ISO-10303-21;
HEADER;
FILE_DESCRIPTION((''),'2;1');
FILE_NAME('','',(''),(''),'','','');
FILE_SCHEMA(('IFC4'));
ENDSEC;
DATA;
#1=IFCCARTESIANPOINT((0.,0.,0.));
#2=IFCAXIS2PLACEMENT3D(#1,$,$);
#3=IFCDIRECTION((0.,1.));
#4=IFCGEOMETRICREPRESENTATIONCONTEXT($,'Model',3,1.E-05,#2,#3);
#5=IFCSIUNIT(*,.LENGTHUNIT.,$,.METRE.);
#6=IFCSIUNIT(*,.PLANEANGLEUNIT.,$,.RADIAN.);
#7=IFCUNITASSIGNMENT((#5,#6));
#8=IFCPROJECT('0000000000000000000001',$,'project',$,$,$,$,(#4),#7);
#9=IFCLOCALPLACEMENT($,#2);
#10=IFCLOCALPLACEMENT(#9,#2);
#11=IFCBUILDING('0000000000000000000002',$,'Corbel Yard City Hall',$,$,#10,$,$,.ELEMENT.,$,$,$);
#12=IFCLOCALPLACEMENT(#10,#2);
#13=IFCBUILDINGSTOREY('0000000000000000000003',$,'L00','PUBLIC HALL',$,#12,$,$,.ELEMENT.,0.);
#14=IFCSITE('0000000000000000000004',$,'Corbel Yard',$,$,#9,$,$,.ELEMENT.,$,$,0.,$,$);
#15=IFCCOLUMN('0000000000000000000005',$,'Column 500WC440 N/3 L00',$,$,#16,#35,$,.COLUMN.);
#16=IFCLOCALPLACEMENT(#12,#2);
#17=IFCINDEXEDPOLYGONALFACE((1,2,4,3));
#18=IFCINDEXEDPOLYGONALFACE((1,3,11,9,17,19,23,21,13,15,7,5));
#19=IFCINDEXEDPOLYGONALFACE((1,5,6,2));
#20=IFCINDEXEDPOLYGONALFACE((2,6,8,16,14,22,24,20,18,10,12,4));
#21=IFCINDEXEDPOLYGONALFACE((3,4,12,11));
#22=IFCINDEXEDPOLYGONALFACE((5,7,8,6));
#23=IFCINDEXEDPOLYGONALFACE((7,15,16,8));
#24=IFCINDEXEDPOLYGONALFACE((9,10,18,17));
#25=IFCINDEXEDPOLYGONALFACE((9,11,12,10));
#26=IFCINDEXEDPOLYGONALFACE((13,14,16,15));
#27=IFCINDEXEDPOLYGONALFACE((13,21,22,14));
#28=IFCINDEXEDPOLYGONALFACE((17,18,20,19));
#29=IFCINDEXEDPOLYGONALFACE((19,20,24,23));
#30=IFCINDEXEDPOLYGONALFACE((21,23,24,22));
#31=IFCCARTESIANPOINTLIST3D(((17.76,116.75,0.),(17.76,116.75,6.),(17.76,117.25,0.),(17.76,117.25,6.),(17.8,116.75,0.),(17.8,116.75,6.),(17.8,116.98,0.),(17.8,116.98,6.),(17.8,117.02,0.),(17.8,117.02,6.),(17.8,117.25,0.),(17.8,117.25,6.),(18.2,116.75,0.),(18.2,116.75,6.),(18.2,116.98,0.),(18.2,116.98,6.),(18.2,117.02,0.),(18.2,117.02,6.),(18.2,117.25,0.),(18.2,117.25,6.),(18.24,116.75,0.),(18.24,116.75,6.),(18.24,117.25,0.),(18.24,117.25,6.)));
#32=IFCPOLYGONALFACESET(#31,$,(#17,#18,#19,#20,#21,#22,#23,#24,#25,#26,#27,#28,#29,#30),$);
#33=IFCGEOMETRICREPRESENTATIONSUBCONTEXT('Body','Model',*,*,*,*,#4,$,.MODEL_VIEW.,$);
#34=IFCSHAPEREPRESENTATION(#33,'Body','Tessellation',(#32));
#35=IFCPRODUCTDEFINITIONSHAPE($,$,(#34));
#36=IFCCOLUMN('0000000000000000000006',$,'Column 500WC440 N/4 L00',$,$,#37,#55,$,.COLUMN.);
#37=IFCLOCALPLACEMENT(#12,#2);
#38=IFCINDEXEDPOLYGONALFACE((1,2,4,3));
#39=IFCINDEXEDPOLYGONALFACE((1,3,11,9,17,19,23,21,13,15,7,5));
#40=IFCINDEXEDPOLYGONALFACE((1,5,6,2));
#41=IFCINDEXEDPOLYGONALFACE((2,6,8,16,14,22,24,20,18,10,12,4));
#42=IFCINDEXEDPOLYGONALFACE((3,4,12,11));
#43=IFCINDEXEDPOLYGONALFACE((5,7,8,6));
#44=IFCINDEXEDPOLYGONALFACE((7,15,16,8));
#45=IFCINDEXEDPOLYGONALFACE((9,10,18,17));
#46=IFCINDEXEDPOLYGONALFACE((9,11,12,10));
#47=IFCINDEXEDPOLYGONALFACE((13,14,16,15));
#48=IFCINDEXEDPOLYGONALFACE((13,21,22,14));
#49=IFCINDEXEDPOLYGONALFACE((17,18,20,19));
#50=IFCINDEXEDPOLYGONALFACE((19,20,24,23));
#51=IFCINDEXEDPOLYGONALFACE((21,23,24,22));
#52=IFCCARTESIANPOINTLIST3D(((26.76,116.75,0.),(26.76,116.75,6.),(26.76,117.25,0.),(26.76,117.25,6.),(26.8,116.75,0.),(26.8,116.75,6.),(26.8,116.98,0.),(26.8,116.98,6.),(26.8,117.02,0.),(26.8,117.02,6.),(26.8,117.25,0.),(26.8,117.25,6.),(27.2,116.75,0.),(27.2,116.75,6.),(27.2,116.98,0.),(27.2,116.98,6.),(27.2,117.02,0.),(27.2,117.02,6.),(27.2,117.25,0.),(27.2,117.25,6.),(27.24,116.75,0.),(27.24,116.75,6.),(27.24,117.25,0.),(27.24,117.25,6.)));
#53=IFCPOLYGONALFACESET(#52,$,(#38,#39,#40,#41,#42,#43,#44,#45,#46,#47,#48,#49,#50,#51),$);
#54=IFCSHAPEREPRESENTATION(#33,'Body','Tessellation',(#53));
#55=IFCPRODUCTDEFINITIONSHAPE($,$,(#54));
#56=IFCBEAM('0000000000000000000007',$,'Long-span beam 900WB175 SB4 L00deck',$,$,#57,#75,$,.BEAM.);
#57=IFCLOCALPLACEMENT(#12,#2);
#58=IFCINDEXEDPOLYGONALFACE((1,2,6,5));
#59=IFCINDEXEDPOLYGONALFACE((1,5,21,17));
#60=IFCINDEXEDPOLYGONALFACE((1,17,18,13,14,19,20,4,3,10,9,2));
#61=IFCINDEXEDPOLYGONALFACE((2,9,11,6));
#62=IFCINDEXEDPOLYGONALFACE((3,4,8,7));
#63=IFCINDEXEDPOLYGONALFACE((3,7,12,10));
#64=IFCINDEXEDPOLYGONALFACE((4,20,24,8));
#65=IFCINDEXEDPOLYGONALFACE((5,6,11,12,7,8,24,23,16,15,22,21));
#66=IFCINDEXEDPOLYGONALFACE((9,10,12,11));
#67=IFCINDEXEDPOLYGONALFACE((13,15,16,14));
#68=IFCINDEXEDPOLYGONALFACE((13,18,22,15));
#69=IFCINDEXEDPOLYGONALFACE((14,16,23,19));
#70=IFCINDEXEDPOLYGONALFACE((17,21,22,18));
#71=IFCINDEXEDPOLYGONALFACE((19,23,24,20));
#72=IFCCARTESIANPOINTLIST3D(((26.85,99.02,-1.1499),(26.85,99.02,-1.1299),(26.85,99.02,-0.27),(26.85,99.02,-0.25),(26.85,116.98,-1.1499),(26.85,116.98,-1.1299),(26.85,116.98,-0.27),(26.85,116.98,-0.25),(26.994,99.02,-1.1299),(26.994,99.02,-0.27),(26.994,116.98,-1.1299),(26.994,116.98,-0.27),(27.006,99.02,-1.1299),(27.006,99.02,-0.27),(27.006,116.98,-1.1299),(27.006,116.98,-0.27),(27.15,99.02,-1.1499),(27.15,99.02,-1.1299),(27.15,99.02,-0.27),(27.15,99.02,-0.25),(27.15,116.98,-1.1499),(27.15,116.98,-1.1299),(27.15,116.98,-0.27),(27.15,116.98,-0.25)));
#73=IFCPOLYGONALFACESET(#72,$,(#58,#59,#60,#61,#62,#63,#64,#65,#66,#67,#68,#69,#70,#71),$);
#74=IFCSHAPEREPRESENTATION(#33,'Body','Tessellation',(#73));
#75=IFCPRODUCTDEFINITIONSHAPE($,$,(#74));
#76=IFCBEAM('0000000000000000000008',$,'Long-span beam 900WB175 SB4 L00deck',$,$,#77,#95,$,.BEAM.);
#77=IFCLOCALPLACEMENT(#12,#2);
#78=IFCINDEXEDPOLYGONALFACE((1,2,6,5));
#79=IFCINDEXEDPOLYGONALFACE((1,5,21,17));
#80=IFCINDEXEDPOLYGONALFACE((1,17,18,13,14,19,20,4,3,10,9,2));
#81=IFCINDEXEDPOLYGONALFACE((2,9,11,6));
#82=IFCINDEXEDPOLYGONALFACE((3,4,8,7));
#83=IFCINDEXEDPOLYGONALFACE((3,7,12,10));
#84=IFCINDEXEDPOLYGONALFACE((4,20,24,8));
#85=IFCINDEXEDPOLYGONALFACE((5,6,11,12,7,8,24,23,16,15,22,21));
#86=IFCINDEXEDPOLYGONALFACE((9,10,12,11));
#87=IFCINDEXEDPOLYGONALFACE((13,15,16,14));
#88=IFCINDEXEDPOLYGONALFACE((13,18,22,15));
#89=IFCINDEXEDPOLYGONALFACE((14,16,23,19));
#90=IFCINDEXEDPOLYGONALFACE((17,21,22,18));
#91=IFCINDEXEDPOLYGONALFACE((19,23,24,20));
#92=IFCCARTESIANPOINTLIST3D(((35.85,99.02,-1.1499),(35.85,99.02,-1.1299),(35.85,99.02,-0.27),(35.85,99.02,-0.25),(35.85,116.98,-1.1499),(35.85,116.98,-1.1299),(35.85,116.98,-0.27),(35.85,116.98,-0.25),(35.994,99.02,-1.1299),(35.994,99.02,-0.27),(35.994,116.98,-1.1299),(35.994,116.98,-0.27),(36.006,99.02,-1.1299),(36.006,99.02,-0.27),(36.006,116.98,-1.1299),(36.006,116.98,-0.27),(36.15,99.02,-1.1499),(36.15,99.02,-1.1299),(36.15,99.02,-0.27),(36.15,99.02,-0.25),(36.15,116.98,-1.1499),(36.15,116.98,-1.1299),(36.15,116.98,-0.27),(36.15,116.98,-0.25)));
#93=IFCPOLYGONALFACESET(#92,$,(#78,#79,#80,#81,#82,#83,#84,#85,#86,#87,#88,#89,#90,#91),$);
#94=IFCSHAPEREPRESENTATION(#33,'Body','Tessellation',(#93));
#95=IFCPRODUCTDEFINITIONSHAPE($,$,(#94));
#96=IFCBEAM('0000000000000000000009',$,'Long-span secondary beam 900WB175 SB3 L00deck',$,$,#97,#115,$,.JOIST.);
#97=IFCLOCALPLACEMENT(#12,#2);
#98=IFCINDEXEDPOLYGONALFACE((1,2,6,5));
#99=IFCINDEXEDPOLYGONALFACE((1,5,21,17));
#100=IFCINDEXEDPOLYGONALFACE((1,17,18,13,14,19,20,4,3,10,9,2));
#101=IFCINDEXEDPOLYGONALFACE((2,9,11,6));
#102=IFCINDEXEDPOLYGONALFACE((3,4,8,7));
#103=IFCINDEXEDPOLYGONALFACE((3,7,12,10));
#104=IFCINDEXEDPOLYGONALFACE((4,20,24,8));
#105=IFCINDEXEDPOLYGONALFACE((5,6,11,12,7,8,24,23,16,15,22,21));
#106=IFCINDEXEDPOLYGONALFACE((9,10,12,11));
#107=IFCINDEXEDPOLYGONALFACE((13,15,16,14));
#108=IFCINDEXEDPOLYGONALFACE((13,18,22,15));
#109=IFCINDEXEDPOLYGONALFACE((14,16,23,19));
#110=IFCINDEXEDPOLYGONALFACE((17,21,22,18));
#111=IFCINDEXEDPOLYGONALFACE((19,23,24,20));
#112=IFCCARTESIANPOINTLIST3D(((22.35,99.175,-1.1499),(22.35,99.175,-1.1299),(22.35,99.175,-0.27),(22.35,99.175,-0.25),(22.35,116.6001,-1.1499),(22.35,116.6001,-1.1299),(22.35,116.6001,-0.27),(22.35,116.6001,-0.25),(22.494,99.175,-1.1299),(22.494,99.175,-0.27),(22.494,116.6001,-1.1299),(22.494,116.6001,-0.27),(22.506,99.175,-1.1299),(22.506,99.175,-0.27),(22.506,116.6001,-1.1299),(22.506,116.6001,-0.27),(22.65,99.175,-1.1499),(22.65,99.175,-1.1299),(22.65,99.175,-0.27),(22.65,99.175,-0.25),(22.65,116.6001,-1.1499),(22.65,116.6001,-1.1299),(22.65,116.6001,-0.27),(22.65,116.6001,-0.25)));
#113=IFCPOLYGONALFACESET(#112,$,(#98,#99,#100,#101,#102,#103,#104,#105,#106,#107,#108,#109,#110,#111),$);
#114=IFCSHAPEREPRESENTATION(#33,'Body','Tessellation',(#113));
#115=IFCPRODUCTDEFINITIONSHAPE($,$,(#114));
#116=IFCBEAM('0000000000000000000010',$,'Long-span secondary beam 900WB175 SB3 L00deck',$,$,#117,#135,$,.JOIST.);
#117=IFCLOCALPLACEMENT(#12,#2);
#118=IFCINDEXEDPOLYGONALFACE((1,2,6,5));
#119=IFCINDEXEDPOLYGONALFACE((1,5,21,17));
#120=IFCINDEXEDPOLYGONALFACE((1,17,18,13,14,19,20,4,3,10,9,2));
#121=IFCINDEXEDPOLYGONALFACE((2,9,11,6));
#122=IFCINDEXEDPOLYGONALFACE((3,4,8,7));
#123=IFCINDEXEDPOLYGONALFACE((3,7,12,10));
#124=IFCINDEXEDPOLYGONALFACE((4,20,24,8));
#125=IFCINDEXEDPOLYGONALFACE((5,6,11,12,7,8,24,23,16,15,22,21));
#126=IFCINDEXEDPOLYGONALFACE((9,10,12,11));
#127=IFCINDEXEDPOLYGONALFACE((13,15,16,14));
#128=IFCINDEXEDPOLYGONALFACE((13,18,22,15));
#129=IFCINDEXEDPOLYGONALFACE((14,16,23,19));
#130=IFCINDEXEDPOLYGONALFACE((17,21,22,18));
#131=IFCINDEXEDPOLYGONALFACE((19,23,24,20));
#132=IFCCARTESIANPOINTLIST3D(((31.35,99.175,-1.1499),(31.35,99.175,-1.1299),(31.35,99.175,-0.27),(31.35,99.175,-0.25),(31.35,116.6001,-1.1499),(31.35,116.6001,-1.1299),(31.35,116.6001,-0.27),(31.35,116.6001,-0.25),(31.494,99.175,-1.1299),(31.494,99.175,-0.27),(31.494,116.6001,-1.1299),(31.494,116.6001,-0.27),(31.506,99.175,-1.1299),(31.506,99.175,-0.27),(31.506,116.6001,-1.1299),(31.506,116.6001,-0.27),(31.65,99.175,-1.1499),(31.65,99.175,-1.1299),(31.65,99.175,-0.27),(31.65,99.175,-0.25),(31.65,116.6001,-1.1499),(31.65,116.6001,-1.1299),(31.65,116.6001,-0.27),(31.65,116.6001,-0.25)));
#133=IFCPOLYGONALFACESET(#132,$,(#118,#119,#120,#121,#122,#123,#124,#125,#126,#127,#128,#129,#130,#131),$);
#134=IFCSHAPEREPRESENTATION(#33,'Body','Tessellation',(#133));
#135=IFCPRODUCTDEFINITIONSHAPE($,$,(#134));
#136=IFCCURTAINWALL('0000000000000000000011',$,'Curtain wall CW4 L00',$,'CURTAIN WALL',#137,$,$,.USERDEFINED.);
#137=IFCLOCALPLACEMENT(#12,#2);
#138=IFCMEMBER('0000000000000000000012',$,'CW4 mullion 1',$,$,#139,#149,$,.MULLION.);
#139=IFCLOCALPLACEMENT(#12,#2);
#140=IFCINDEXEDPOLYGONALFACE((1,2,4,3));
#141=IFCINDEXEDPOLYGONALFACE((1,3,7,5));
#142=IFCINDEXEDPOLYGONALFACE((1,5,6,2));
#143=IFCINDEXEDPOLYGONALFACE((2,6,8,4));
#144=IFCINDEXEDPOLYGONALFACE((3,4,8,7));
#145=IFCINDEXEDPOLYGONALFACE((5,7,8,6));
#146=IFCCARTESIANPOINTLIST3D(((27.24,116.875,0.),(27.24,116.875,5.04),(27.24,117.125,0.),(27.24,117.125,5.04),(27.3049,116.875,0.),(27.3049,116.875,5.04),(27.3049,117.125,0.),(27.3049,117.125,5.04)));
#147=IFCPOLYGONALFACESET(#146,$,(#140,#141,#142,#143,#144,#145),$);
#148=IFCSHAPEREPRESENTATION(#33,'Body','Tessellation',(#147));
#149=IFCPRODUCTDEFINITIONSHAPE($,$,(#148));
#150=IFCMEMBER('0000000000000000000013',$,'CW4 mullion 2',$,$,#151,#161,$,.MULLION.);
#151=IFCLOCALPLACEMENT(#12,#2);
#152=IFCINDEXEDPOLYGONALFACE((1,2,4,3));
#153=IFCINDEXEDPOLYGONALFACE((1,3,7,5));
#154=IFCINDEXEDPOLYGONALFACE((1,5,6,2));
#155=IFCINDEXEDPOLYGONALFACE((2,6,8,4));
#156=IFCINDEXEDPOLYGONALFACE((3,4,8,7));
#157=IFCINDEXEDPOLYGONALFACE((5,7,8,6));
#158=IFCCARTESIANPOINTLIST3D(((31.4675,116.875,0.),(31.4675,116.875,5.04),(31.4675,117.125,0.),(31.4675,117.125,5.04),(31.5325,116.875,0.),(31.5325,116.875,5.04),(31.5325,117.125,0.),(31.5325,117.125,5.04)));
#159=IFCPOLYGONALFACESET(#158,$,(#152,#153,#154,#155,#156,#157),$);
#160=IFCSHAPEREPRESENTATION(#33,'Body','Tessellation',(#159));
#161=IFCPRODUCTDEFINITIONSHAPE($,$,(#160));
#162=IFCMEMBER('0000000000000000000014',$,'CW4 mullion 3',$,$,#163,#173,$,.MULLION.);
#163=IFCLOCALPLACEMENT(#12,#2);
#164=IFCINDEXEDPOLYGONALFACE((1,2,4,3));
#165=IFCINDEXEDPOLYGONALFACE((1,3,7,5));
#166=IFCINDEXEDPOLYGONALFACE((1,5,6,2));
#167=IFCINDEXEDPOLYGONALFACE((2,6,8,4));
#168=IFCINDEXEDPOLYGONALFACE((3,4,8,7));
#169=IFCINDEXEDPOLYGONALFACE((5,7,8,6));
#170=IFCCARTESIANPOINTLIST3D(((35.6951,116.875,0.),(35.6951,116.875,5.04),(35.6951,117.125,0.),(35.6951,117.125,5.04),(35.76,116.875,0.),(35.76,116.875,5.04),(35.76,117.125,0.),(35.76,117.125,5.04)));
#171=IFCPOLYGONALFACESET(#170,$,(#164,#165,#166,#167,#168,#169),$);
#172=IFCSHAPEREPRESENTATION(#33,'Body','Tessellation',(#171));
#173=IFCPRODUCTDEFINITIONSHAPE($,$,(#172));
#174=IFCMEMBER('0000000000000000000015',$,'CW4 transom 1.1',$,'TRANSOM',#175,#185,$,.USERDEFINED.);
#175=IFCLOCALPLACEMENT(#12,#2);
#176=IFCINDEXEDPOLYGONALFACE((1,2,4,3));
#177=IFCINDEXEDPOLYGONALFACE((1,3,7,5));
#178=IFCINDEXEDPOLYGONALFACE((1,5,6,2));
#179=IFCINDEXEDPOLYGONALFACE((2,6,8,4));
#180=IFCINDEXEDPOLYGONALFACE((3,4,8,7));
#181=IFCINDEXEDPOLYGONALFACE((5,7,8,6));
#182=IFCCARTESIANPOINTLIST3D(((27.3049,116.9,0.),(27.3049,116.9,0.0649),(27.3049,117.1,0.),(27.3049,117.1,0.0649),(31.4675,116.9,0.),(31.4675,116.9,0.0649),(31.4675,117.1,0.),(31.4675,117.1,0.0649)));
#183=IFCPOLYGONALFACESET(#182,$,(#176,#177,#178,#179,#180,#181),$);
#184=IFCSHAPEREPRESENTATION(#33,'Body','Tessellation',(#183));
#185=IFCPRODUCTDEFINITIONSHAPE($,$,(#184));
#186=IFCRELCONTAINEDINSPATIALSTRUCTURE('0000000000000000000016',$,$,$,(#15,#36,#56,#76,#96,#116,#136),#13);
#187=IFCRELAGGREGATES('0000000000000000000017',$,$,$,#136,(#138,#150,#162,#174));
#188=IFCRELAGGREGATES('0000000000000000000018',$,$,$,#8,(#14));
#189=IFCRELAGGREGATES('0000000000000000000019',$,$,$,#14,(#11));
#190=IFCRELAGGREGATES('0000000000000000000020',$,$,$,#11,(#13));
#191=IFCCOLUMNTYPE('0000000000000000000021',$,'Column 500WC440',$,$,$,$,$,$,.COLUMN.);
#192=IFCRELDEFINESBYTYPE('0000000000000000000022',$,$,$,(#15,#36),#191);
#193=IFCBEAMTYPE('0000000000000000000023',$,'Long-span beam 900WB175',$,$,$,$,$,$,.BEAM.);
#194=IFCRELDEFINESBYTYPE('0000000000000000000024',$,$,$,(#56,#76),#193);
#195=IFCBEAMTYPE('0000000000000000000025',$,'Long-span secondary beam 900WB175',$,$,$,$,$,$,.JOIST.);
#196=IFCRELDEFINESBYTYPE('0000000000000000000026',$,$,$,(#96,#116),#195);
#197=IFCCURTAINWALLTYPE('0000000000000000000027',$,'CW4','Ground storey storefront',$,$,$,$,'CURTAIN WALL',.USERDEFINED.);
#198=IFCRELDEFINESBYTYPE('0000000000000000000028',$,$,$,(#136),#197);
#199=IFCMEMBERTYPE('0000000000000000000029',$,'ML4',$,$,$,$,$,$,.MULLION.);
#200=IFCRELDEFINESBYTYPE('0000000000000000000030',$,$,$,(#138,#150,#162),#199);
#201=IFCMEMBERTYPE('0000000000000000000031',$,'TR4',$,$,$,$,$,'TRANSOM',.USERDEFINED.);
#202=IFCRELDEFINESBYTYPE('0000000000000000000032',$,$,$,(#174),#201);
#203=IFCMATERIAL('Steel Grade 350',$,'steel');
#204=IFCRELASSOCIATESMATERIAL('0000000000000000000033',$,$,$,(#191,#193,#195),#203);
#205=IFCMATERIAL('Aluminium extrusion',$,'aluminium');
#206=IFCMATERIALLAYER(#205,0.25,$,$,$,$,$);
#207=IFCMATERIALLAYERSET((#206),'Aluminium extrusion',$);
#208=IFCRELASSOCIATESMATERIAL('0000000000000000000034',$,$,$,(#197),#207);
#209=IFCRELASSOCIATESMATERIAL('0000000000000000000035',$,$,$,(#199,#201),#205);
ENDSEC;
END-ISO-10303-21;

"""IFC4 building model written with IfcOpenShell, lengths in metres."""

from ifc_helpers import new_model, si_unit, direction, frame, origin, origin_2d, place, context, subcontext, project, spatial, rectangle, i_section, extrude, material, layer, layer_set, material_profile, profile_set, type_object, element, aggregate, save


model = new_model("IFC4")

# Units and contexts
model_context = context("Model", 3, precision=1e-05, world=origin(), true_north=direction((0.0, 1.0)))
body_context = subcontext(model_context, "Body", "Model", "MODEL_VIEW")
ifc_project = project(units=[si_unit("LENGTHUNIT", "METRE"), si_unit("PLANEANGLEUNIT", "RADIAN")], contexts=[model_context])

# Site, building, storey
site_placement = place(None, origin())
site = spatial("IfcSite", under=ifc_project, at=site_placement, Name="Corbel Yard", CompositionType="ELEMENT", RefElevation=0.0)
building_placement = place(site_placement, origin())
building = spatial("IfcBuilding", under=site, at=building_placement, Name="Corbel Yard City Hall", CompositionType="ELEMENT")
storey_placement = place(building_placement, origin())
storey = spatial("IfcBuildingStorey", under=building, at=storey_placement, Name="L00", Description="PUBLIC HALL", CompositionType="ELEMENT", Elevation=0.0)

# Columns
ifc_material_1 = material(Name="Steel Grade 350", Category="steel")
ifc_material_profile_1 = material_profile(ifc_material_1, i_section(OverallWidth=0.5, OverallDepth=0.48, WebThickness=0.04, FlangeThickness=0.04, at=origin_2d()), Name="500WC440")
ifc_profile_set_1 = profile_set([ifc_material_profile_1], Name="Steel Grade 350")
column_type = type_object("IfcColumnType", Name="Column 500WC440", PredefinedType="COLUMN", material=ifc_profile_set_1)
for number, where, z_axis, x_axis, name in (
    (1, (18.0, 117.0, 0.0), (0.0, 0.0, 1.0), (0.0, 1.0, 0.0), "Column 500WC440 N/3 L00"),
    (2, (27.0, 117.0, 0.0), (0.0, 0.0, 1.0), (0.0, 1.0, 0.0), "Column 500WC440 N/4 L00"),
):
    element("IfcColumn", number, at=place(storey_placement, frame(where, z_axis=z_axis, x_axis=x_axis)), inside=storey, type_object=column_type, Name=name, PredefinedType="COLUMN", context=body_context, shape_type="SweptSolid", body=[
        extrude(i_section(OverallWidth=0.5, OverallDepth=0.48, WebThickness=0.04, FlangeThickness=0.04, at=origin_2d()), origin(), (0.0, 0.0, 1.0), 6.0),
    ])

# Beams
ifc_material_profile_2 = material_profile(ifc_material_1, i_section(OverallWidth=0.3, OverallDepth=0.8999, WebThickness=0.012, FlangeThickness=0.02, at=origin_2d()), Name="900WB175")
ifc_profile_set_2 = profile_set([ifc_material_profile_2], Name="Steel Grade 350")
beam_type_1 = type_object("IfcBeamType", Name="Long-span beam 900WB175", PredefinedType="BEAM", material=ifc_profile_set_2)
for number, where, z_axis, x_axis, name in (
    (3, (27.0, 99.02, -0.7), (0.0, 1.0, 0.0), (-1.0, 0.0, 0.0), "Long-span beam 900WB175 SB4 L00deck"),
    (4, (36.0, 99.02, -0.7), (0.0, 1.0, 0.0), (-1.0, 0.0, 0.0), "Long-span beam 900WB175 SB4 L00deck"),
):
    element("IfcBeam", number, at=place(storey_placement, frame(where, z_axis=z_axis, x_axis=x_axis)), inside=storey, type_object=beam_type_1, Name=name, PredefinedType="BEAM", context=body_context, shape_type="SweptSolid", body=[
        extrude(i_section(OverallWidth=0.3, OverallDepth=0.8999, WebThickness=0.012, FlangeThickness=0.02, at=origin_2d()), origin(), (0.0, 0.0, 1.0), 17.96),
    ])
ifc_material_profile_3 = material_profile(ifc_material_1, i_section(OverallWidth=0.3, OverallDepth=0.8999, WebThickness=0.012, FlangeThickness=0.02, at=origin_2d()), Name="900WB175")
ifc_profile_set_3 = profile_set([ifc_material_profile_3], Name="Steel Grade 350")
beam_type_2 = type_object("IfcBeamType", Name="Long-span secondary beam 900WB175", PredefinedType="JOIST", material=ifc_profile_set_3)
for number, where, z_axis, x_axis, name in (
    (5, (22.5, 99.175, -0.7), (0.0, 1.0, 0.0), (-1.0, 0.0, 0.0), "Long-span secondary beam 900WB175 SB3 L00deck"),
    (6, (31.5, 99.175, -0.7), (0.0, 1.0, 0.0), (-1.0, 0.0, 0.0), "Long-span secondary beam 900WB175 SB3 L00deck"),
):
    element("IfcBeam", number, at=place(storey_placement, frame(where, z_axis=z_axis, x_axis=x_axis)), inside=storey, type_object=beam_type_2, Name=name, PredefinedType="JOIST", context=body_context, shape_type="SweptSolid", body=[
        extrude(i_section(OverallWidth=0.3, OverallDepth=0.8999, WebThickness=0.012, FlangeThickness=0.02, at=origin_2d()), origin(), (0.0, 0.0, 1.0), 17.425),
    ])

# Curtain wall, members
ifc_material_2 = material(Name="Aluminium extrusion", Category="aluminium")
ifc_layer_1 = layer(ifc_material_2, 0.25)
ifc_layer_set_1 = layer_set([ifc_layer_1], Name="Aluminium extrusion")
curtain_wall_type = type_object("IfcCurtainWallType", Name="CW4", Description="Ground storey storefront", ElementType="CURTAIN WALL", PredefinedType="USERDEFINED", material=ifc_layer_set_1)
curtain_wall_placement = place(storey_placement, origin())
curtain_wall = element("IfcCurtainWall", 7, at=curtain_wall_placement, inside=storey, type_object=curtain_wall_type, Name="Curtain wall CW4 L00", ObjectType="CURTAIN WALL", PredefinedType="USERDEFINED")
ifc_material_profile_4 = material_profile(ifc_material_2, rectangle(XDim=0.25, YDim=0.0649, at=origin_2d()), Name="250x65")
ifc_profile_set_4 = profile_set([ifc_material_profile_4], Name="Aluminium extrusion")
member_type_1 = type_object("IfcMemberType", Name="ML4", PredefinedType="MULLION", material=ifc_profile_set_4)
member_1_placement = place(storey_placement, frame((27.2725, 117.0, 0.0), z_axis=(0.0, 0.0, 1.0), x_axis=(0.0, 1.0, 0.0)))
member_1 = element("IfcMember", 8, at=member_1_placement, type_object=member_type_1, Name="CW4 mullion 1", PredefinedType="MULLION", context=body_context, shape_type="SweptSolid", body=[
    extrude(rectangle(XDim=0.25, YDim=0.0649, at=origin_2d()), origin(), (0.0, 0.0, 1.0), 5.04),
])
member_2_placement = place(storey_placement, frame((31.5, 117.0, 0.0), z_axis=(0.0, 0.0, 1.0), x_axis=(0.0, 1.0, 0.0)))
member_2 = element("IfcMember", 9, at=member_2_placement, type_object=member_type_1, Name="CW4 mullion 2", PredefinedType="MULLION", context=body_context, shape_type="SweptSolid", body=[
    extrude(rectangle(XDim=0.25, YDim=0.0649, at=origin_2d()), origin(), (0.0, 0.0, 1.0), 5.04),
])
member_3_placement = place(storey_placement, frame((35.7275, 117.0, 0.0), z_axis=(0.0, 0.0, 1.0), x_axis=(0.0, 1.0, 0.0)))
member_3 = element("IfcMember", 10, at=member_3_placement, type_object=member_type_1, Name="CW4 mullion 3", PredefinedType="MULLION", context=body_context, shape_type="SweptSolid", body=[
    extrude(rectangle(XDim=0.25, YDim=0.0649, at=origin_2d()), origin(), (0.0, 0.0, 1.0), 5.04),
])
ifc_material_profile_5 = material_profile(ifc_material_2, rectangle(XDim=0.2, YDim=0.0649, at=origin_2d()), Name="200x65")
ifc_profile_set_5 = profile_set([ifc_material_profile_5], Name="Aluminium extrusion")
member_type_2 = type_object("IfcMemberType", Name="TR4", ElementType="TRANSOM", PredefinedType="USERDEFINED", material=ifc_profile_set_5)
member_4_placement = place(storey_placement, frame((27.3049, 117.0, 0.0325), z_axis=(1.0, 0.0, 0.0), x_axis=(0.0, 1.0, 0.0)))
member_4 = element("IfcMember", 11, at=member_4_placement, type_object=member_type_2, Name="CW4 transom 1.1", ObjectType="TRANSOM", PredefinedType="USERDEFINED", context=body_context, shape_type="SweptSolid", body=[
    extrude(rectangle(XDim=0.2, YDim=0.0649, at=origin_2d()), origin(), (0.0, 0.0, 1.0), 4.1626),
])
aggregate(curtain_wall, [member_1, member_2, member_3, member_4])

save(model, "model.ifc")
